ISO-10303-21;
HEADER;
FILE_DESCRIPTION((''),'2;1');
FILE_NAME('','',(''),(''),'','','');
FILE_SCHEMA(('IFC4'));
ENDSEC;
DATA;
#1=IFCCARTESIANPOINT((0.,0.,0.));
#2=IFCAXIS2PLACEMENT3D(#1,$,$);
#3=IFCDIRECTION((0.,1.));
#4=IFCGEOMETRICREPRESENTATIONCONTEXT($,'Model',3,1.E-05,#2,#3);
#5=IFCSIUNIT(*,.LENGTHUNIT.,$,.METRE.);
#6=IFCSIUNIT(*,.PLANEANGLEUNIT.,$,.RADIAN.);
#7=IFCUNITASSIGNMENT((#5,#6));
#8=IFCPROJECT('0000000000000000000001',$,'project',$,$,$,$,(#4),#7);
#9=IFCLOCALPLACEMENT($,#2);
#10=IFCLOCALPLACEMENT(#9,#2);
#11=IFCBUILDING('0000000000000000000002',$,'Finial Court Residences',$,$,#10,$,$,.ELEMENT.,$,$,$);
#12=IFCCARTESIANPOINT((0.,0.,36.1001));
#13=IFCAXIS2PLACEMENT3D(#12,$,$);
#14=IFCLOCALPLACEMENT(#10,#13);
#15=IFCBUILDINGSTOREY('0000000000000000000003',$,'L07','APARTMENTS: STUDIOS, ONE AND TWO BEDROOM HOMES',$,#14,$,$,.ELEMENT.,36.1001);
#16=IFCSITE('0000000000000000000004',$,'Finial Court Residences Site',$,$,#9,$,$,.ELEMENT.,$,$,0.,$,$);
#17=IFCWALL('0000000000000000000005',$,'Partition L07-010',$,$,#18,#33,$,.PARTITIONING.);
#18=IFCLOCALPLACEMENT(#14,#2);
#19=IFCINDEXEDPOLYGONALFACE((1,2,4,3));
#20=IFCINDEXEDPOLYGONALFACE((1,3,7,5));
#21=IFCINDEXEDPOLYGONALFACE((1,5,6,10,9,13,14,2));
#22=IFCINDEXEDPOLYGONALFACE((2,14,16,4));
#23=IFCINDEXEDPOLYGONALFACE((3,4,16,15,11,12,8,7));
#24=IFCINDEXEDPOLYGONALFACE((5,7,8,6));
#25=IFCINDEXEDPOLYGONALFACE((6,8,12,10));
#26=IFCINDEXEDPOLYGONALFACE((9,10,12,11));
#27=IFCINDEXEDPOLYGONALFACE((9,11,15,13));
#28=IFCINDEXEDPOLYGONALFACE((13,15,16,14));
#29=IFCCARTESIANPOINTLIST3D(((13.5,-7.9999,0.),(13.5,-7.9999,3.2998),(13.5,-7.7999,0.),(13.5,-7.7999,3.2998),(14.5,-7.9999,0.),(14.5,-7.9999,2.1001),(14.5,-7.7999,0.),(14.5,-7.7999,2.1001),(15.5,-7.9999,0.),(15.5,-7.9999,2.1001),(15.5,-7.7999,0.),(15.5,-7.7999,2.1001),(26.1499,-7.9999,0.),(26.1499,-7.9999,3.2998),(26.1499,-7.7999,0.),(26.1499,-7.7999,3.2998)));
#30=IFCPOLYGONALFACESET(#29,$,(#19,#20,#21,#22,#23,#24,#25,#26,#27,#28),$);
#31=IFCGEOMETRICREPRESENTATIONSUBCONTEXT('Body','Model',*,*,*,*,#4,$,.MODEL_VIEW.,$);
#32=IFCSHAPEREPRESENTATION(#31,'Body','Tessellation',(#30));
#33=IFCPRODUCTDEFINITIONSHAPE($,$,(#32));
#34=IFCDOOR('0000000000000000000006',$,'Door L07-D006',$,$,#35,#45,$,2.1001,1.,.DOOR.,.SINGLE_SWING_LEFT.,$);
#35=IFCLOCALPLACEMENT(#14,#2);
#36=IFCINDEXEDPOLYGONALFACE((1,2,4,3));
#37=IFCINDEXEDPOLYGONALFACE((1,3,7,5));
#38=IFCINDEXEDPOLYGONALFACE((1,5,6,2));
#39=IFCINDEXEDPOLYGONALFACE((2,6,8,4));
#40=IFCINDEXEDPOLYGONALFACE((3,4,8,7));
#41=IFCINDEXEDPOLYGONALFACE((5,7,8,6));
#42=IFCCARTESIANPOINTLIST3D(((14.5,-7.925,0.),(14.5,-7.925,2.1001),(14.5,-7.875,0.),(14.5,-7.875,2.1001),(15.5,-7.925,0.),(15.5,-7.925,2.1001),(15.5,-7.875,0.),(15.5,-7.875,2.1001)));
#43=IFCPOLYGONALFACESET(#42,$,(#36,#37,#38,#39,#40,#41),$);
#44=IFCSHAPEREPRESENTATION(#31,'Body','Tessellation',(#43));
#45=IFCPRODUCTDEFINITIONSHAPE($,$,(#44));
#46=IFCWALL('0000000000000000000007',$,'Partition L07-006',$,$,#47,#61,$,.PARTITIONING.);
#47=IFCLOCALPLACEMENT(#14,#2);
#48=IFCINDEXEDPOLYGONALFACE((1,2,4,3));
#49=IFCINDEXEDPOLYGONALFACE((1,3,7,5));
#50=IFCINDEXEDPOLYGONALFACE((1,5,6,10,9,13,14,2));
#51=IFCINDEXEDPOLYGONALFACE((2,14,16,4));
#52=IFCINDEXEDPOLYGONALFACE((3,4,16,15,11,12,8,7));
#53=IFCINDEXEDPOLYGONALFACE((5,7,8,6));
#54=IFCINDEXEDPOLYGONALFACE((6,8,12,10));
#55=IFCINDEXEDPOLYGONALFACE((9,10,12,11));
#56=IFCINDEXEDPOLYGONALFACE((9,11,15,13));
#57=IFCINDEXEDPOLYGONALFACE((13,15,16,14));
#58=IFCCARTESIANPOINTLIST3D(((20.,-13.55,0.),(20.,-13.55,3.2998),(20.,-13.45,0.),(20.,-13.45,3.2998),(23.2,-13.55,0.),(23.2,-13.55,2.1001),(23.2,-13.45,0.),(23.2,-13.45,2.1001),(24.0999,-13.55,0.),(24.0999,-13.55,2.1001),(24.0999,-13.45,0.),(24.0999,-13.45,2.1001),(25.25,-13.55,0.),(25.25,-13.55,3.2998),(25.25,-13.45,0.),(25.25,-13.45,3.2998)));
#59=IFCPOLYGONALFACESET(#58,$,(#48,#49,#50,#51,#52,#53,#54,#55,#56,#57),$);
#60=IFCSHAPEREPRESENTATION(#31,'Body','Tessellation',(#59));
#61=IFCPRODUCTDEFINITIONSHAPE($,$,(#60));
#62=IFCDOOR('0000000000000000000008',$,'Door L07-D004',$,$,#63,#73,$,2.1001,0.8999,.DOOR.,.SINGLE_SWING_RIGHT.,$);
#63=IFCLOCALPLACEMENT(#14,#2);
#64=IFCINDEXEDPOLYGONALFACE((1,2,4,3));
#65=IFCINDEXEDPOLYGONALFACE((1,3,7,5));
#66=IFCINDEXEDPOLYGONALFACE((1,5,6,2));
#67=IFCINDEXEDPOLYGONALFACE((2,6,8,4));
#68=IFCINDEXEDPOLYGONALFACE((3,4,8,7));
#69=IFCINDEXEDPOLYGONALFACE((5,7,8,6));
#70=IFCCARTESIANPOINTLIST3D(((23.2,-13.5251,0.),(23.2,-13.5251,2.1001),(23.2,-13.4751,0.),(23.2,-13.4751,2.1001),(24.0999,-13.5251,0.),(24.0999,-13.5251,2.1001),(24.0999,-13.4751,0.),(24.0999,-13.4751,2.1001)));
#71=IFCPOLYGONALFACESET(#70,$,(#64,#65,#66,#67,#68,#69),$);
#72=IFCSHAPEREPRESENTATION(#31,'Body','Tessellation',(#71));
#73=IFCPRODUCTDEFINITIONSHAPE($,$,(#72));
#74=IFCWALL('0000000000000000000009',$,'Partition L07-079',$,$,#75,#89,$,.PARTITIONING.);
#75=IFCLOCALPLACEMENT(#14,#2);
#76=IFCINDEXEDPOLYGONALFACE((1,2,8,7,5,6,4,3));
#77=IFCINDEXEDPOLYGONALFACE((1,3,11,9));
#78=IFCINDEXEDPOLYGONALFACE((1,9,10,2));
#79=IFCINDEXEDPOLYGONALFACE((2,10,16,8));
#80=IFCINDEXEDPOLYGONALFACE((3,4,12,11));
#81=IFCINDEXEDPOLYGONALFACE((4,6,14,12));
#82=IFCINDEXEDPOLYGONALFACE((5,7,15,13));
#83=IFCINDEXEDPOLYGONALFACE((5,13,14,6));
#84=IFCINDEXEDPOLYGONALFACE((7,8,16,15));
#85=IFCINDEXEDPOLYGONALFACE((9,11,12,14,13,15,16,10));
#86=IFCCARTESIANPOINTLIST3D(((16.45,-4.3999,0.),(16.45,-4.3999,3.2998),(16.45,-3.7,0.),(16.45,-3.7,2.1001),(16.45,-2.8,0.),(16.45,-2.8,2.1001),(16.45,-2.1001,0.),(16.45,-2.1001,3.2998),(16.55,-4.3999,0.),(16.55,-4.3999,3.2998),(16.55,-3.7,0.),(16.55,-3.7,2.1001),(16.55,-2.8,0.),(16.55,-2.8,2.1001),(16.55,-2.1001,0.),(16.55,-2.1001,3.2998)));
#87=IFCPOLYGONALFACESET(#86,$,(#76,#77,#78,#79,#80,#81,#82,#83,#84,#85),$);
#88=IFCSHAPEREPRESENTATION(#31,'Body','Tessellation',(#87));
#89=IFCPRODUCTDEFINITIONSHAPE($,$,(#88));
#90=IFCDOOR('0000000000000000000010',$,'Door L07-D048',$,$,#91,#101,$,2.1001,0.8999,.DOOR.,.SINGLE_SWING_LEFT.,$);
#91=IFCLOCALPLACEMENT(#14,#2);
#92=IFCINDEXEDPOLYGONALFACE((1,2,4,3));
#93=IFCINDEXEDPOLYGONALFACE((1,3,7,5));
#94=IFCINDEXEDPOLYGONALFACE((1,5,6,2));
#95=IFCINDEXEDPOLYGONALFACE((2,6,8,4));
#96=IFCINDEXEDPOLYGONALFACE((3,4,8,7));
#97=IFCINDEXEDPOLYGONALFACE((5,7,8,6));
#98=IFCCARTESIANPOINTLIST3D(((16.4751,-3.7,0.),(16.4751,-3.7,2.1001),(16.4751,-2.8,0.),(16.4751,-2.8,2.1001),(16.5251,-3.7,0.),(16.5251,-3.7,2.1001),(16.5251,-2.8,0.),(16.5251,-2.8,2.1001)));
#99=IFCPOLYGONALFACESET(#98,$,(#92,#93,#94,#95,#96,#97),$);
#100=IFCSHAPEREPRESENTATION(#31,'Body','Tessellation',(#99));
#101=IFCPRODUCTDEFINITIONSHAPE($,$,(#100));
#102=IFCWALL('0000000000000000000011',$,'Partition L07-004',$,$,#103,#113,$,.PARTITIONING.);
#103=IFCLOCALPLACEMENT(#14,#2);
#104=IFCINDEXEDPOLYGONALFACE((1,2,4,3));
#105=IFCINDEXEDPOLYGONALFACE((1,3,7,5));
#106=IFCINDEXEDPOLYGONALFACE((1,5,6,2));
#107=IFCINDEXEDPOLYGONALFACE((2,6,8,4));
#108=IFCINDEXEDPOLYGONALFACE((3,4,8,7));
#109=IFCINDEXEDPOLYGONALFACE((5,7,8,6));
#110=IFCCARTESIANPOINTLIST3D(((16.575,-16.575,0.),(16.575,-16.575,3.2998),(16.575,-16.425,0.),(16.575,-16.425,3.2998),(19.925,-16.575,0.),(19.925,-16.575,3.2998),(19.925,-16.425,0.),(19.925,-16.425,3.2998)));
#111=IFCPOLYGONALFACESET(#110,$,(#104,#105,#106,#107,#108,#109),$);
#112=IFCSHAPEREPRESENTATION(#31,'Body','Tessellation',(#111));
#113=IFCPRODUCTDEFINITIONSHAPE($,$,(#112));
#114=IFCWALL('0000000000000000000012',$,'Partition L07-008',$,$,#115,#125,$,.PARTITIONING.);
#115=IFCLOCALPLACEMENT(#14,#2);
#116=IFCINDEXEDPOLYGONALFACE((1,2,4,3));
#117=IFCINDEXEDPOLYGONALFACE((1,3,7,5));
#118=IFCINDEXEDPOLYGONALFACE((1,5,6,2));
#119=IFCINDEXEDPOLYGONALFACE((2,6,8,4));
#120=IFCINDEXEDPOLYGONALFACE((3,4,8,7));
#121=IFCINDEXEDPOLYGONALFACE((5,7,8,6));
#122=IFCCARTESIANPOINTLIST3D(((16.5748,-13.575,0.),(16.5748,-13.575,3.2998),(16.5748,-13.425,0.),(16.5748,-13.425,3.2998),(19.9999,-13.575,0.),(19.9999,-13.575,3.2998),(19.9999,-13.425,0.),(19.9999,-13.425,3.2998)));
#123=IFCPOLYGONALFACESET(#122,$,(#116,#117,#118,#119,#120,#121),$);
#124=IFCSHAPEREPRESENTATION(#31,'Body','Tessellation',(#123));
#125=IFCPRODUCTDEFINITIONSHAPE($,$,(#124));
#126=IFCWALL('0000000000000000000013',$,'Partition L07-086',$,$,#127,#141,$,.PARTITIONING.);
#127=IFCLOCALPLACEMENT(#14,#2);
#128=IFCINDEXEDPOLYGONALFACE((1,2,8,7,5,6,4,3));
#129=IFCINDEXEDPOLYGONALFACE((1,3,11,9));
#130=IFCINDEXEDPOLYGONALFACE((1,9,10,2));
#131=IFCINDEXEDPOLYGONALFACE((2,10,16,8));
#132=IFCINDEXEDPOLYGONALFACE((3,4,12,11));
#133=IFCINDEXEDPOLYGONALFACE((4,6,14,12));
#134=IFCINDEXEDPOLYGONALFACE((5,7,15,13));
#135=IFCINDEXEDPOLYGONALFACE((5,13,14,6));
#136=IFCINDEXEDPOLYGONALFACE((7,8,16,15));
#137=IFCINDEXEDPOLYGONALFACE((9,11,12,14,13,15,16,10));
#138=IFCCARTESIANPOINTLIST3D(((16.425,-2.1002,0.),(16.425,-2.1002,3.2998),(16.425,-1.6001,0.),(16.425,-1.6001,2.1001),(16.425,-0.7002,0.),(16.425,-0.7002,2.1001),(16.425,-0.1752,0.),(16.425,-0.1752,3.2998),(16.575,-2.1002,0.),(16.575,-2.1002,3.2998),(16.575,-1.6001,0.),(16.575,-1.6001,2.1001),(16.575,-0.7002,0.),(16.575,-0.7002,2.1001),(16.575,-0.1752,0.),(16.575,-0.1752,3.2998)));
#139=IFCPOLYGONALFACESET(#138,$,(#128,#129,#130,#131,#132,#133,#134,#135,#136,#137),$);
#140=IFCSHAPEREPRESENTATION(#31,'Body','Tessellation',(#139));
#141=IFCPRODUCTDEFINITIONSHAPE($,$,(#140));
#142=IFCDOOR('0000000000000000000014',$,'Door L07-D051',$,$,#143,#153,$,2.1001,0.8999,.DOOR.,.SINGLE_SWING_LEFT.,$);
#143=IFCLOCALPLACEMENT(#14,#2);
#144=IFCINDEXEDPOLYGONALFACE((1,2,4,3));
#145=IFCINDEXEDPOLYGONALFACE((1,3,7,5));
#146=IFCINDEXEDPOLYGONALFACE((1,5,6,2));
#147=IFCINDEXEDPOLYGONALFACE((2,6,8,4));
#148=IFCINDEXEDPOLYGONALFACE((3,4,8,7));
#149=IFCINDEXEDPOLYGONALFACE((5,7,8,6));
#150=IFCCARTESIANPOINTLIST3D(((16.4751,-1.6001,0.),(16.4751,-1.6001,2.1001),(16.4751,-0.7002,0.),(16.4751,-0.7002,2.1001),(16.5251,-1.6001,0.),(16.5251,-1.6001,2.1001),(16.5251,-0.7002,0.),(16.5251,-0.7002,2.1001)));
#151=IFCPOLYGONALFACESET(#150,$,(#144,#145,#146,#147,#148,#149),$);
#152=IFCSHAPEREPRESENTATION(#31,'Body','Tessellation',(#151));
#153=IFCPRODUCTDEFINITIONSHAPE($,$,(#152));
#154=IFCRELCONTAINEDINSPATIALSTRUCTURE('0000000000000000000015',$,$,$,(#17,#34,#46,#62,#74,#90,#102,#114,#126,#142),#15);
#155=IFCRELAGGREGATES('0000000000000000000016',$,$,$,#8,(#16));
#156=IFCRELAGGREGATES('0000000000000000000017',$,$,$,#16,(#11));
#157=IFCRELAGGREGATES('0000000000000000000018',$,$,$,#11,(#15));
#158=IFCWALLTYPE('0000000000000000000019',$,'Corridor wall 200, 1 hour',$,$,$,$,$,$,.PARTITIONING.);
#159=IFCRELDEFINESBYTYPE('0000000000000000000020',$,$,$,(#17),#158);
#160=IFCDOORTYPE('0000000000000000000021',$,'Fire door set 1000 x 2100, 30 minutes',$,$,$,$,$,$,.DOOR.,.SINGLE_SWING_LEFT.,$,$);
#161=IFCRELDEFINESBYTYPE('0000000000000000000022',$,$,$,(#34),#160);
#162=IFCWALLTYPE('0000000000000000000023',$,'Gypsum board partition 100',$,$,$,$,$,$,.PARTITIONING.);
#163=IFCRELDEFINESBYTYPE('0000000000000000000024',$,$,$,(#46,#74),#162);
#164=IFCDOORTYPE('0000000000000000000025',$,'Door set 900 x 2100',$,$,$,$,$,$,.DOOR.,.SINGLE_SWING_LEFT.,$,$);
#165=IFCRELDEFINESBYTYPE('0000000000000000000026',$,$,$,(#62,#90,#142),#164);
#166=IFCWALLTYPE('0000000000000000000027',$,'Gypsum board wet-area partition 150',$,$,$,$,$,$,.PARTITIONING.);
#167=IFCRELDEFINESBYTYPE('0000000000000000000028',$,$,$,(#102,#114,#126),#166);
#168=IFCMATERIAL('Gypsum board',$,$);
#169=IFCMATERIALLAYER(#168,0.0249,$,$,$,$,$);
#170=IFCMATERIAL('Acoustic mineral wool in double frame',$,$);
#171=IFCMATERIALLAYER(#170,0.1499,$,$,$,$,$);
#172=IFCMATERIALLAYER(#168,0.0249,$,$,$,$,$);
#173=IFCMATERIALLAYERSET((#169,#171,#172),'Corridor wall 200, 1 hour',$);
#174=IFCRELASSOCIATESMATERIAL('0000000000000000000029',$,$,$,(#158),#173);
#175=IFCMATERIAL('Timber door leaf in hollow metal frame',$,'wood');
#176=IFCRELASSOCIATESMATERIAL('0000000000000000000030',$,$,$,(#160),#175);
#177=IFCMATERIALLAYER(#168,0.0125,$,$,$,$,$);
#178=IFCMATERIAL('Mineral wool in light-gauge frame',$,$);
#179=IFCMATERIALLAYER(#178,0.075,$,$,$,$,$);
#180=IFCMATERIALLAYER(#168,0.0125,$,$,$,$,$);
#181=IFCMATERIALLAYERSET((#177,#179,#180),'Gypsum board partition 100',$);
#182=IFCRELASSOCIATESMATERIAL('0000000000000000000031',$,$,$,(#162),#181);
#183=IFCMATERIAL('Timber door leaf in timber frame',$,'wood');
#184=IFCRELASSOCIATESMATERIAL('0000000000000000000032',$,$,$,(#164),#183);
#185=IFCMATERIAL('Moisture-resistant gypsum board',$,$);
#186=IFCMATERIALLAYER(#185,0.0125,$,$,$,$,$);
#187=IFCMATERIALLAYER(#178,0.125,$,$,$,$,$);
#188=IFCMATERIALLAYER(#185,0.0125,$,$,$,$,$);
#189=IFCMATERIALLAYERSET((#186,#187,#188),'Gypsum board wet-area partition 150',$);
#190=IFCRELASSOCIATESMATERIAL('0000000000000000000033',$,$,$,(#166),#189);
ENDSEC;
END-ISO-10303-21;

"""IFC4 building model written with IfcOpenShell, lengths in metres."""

from ifc_helpers import new_model, si_unit, direction, frame, frame_2d, origin, place, context, subcontext, project, spatial, rectangle, extrude, material, layer, layer_set, type_object, element, fill, save


model = new_model("IFC4")

# Units and contexts
model_context = context("Model", 3, precision=1e-05, world=origin(), true_north=direction((0.0, 1.0)))
body_context = subcontext(model_context, "Body", "Model", "MODEL_VIEW")
ifc_project = project(units=[si_unit("LENGTHUNIT", "METRE"), si_unit("PLANEANGLEUNIT", "RADIAN")], contexts=[model_context])

# Site, building, storey
site_placement = place(None, origin())
site = spatial("IfcSite", under=ifc_project, at=site_placement, Name="Finial Court Residences Site", CompositionType="ELEMENT", RefElevation=0.0)
building_placement = place(site_placement, origin())
building = spatial("IfcBuilding", under=site, at=building_placement, Name="Finial Court Residences", CompositionType="ELEMENT")
storey_placement = place(building_placement, frame((0.0, 0.0, 36.1001)))
storey = spatial("IfcBuildingStorey", under=building, at=storey_placement, Name="L07", Description="APARTMENTS: STUDIOS, ONE AND TWO BEDROOM HOMES", CompositionType="ELEMENT", Elevation=36.1001)

# Walls, openings, doors
ifc_material_1 = material(Name="Gypsum board")
ifc_layer_1 = layer(ifc_material_1, 0.0249)
ifc_material_2 = material(Name="Acoustic mineral wool in double frame")
ifc_layer_2 = layer(ifc_material_2, 0.1499)
ifc_layer_3 = layer(ifc_material_1, 0.0249)
ifc_layer_set_1 = layer_set([ifc_layer_1, ifc_layer_2, ifc_layer_3], Name="Corridor wall 200, 1 hour")
wall_type_1 = type_object("IfcWallType", Name="Corridor wall 200, 1 hour", PredefinedType="PARTITIONING", material=ifc_layer_set_1)
wall_1_placement = place(storey_placement, frame((13.5, -7.8999, 0.0), z_axis=(0.0, 0.0, 1.0), x_axis=(1.0, 0.0, 0.0)))
wall_1 = element("IfcWall", 1, at=wall_1_placement, inside=storey, type_object=wall_type_1, Name="Partition L07-010", PredefinedType="PARTITIONING", context=body_context, shape_type="SweptSolid", body=[
    extrude(rectangle(XDim=12.6499, YDim=0.2, at=frame_2d((6.325, 0.0))), origin(), (0.0, 0.0, 1.0), 3.2998),
])
opening_1_placement = place(wall_1_placement, frame((1.0, 0.0, 0.0)))
opening_1 = element("IfcOpeningElement", 2, at=opening_1_placement, cuts=wall_1, PredefinedType="OPENING", context=body_context, shape_type="SweptSolid", body=[
    extrude(rectangle(XDim=1.0, YDim=2.1001, at=frame_2d((0.5, 1.05))), frame((0.0, 0.1099, 0.0), z_axis=(0.0, -1.0, 0.0), x_axis=(1.0, 0.0, 0.0)), (0.0, 0.0, 1.0), 0.22),
])
ifc_material_3 = material(Name="Timber door leaf in hollow metal frame", Category="wood")
door_type_1 = type_object("IfcDoorType", Name="Fire door set 1000 x 2100, 30 minutes", OperationType="SINGLE_SWING_LEFT", PredefinedType="DOOR", material=ifc_material_3)
door_1_placement = place(opening_1_placement, origin())
door_1 = element("IfcDoor", 3, at=door_1_placement, inside=storey, type_object=door_type_1, Name="Door L07-D006", OperationType="SINGLE_SWING_LEFT", OverallHeight=2.1001, OverallWidth=1.0, PredefinedType="DOOR", context=body_context, shape_type="SweptSolid", body=[
    extrude(rectangle(XDim=1.0, YDim=2.1001, at=frame_2d((0.5, 1.05))), frame((0.0, 0.0249, 0.0), z_axis=(0.0, -1.0, 0.0), x_axis=(1.0, 0.0, 0.0)), (0.0, 0.0, 1.0), 0.05),
])
fill(opening_1, door_1)
ifc_layer_4 = layer(ifc_material_1, 0.0125)
ifc_material_4 = material(Name="Mineral wool in light-gauge frame")
ifc_layer_5 = layer(ifc_material_4, 0.075)
ifc_layer_6 = layer(ifc_material_1, 0.0125)
ifc_layer_set_2 = layer_set([ifc_layer_4, ifc_layer_5, ifc_layer_6], Name="Gypsum board partition 100")
wall_type_2 = type_object("IfcWallType", Name="Gypsum board partition 100", PredefinedType="PARTITIONING", material=ifc_layer_set_2)
wall_2_placement = place(storey_placement, frame((20.0, -13.5, 0.0), z_axis=(0.0, 0.0, 1.0), x_axis=(1.0, 0.0, 0.0)))
wall_2 = element("IfcWall", 4, at=wall_2_placement, inside=storey, type_object=wall_type_2, Name="Partition L07-006", PredefinedType="PARTITIONING", context=body_context, shape_type="SweptSolid", body=[
    extrude(rectangle(XDim=5.25, YDim=0.1001, at=frame_2d((2.625, 0.0))), origin(), (0.0, 0.0, 1.0), 3.2998),
])
opening_2_placement = place(wall_2_placement, frame((3.2, 0.0, 0.0)))
opening_2 = element("IfcOpeningElement", 5, at=opening_2_placement, cuts=wall_2, PredefinedType="OPENING", context=body_context, shape_type="SweptSolid", body=[
    extrude(rectangle(XDim=0.8999, YDim=2.1001, at=frame_2d((0.45, 1.05))), frame((0.0, 0.0601, 0.0), z_axis=(0.0, -1.0, 0.0), x_axis=(1.0, 0.0, 0.0)), (0.0, 0.0, 1.0), 0.1201),
])
ifc_material_5 = material(Name="Timber door leaf in timber frame", Category="wood")
door_type_2 = type_object("IfcDoorType", Name="Door set 900 x 2100", OperationType="SINGLE_SWING_LEFT", PredefinedType="DOOR", material=ifc_material_5)
door_2_placement = place(opening_2_placement, origin())
door_2 = element("IfcDoor", 6, at=door_2_placement, inside=storey, type_object=door_type_2, Name="Door L07-D004", OperationType="SINGLE_SWING_RIGHT", OverallHeight=2.1001, OverallWidth=0.8999, PredefinedType="DOOR", context=body_context, shape_type="SweptSolid", body=[
    extrude(rectangle(XDim=0.8999, YDim=2.1001, at=frame_2d((0.45, 1.05))), frame((0.0, 0.0249, 0.0), z_axis=(0.0, -1.0, 0.0), x_axis=(1.0, 0.0, 0.0)), (0.0, 0.0, 1.0), 0.05),
])
fill(opening_2, door_2)
wall_3_placement = place(storey_placement, frame((16.5, -4.3999, 0.0), z_axis=(0.0, 0.0, 1.0), x_axis=(0.0, 1.0, 0.0)))
wall_3 = element("IfcWall", 7, at=wall_3_placement, inside=storey, type_object=wall_type_2, Name="Partition L07-079", PredefinedType="PARTITIONING", context=body_context, shape_type="SweptSolid", body=[
    extrude(rectangle(XDim=2.2998, YDim=0.1001, at=frame_2d((1.1499, 0.0))), origin(), (0.0, 0.0, 1.0), 3.2998),
])
opening_3_placement = place(wall_3_placement, frame((0.7, 0.0, 0.0)))
opening_3 = element("IfcOpeningElement", 8, at=opening_3_placement, cuts=wall_3, PredefinedType="OPENING", context=body_context, shape_type="SweptSolid", body=[
    extrude(rectangle(XDim=0.8999, YDim=2.1001, at=frame_2d((0.45, 1.05))), frame((0.0, 0.0601, 0.0), z_axis=(0.0, -1.0, 0.0), x_axis=(1.0, 0.0, 0.0)), (0.0, 0.0, 1.0), 0.1201),
])
door_3_placement = place(opening_3_placement, origin())
door_3 = element("IfcDoor", 9, at=door_3_placement, inside=storey, type_object=door_type_2, Name="Door L07-D048", OperationType="SINGLE_SWING_LEFT", OverallHeight=2.1001, OverallWidth=0.8999, PredefinedType="DOOR", context=body_context, shape_type="SweptSolid", body=[
    extrude(rectangle(XDim=0.8999, YDim=2.1001, at=frame_2d((0.45, 1.05))), frame((0.0, 0.0249, 0.0), z_axis=(0.0, -1.0, 0.0), x_axis=(1.0, 0.0, 0.0)), (0.0, 0.0, 1.0), 0.05),
])
fill(opening_3, door_3)

# Walls
ifc_material_6 = material(Name="Moisture-resistant gypsum board")
ifc_layer_7 = layer(ifc_material_6, 0.0125)
ifc_layer_8 = layer(ifc_material_4, 0.125)
ifc_layer_9 = layer(ifc_material_6, 0.0125)
ifc_layer_set_3 = layer_set([ifc_layer_7, ifc_layer_8, ifc_layer_9], Name="Gypsum board wet-area partition 150")
wall_type_3 = type_object("IfcWallType", Name="Gypsum board wet-area partition 150", PredefinedType="PARTITIONING", material=ifc_layer_set_3)
wall_4_placement = place(storey_placement, frame((16.575, -16.5, 0.0), z_axis=(0.0, 0.0, 1.0), x_axis=(1.0, 0.0, 0.0)))
element("IfcWall", 10, at=wall_4_placement, inside=storey, type_object=wall_type_3, Name="Partition L07-004", PredefinedType="PARTITIONING", context=body_context, shape_type="SweptSolid", body=[
    extrude(rectangle(XDim=3.3501, YDim=0.1499, at=frame_2d((1.675, 0.0))), origin(), (0.0, 0.0, 1.0), 3.2998),
])
wall_5_placement = place(storey_placement, frame((16.575, -13.5, 0.0), z_axis=(0.0, 0.0, 1.0), x_axis=(1.0, 0.0, 0.0)))
element("IfcWall", 11, at=wall_5_placement, inside=storey, type_object=wall_type_3, Name="Partition L07-008", PredefinedType="PARTITIONING", context=body_context, shape_type="SweptSolid", body=[
    extrude(rectangle(XDim=3.425, YDim=0.1499, at=frame_2d((1.7124, 0.0))), origin(), (0.0, 0.0, 1.0), 3.2998),
])

# Wall, opening, door
wall_6_placement = place(storey_placement, frame((16.5, -2.1001, 0.0), z_axis=(0.0, 0.0, 1.0), x_axis=(0.0, 1.0, 0.0)))
wall_6 = element("IfcWall", 12, at=wall_6_placement, inside=storey, type_object=wall_type_3, Name="Partition L07-086", PredefinedType="PARTITIONING", context=body_context, shape_type="SweptSolid", body=[
    extrude(rectangle(XDim=1.925, YDim=0.1499, at=frame_2d((0.9624, 0.0))), origin(), (0.0, 0.0, 1.0), 3.2998),
])
opening_4_placement = place(wall_6_placement, frame((0.5, 0.0, 0.0)))
opening_4 = element("IfcOpeningElement", 13, at=opening_4_placement, cuts=wall_6, PredefinedType="OPENING", context=body_context, shape_type="SweptSolid", body=[
    extrude(rectangle(XDim=0.8999, YDim=2.1001, at=frame_2d((0.45, 1.05))), frame((0.0, 0.085, 0.0), z_axis=(0.0, -1.0, 0.0), x_axis=(1.0, 0.0, 0.0)), (0.0, 0.0, 1.0), 0.1699),
])
door_4_placement = place(opening_4_placement, origin())
door_4 = element("IfcDoor", 14, at=door_4_placement, inside=storey, type_object=door_type_2, Name="Door L07-D051", OperationType="SINGLE_SWING_LEFT", OverallHeight=2.1001, OverallWidth=0.8999, PredefinedType="DOOR", context=body_context, shape_type="SweptSolid", body=[
    extrude(rectangle(XDim=0.8999, YDim=2.1001, at=frame_2d((0.45, 1.05))), frame((0.0, 0.0249, 0.0), z_axis=(0.0, -1.0, 0.0), x_axis=(1.0, 0.0, 0.0)), (0.0, 0.0, 1.0), 0.05),
])
fill(opening_4, door_4)

save(model, "model.ifc")
